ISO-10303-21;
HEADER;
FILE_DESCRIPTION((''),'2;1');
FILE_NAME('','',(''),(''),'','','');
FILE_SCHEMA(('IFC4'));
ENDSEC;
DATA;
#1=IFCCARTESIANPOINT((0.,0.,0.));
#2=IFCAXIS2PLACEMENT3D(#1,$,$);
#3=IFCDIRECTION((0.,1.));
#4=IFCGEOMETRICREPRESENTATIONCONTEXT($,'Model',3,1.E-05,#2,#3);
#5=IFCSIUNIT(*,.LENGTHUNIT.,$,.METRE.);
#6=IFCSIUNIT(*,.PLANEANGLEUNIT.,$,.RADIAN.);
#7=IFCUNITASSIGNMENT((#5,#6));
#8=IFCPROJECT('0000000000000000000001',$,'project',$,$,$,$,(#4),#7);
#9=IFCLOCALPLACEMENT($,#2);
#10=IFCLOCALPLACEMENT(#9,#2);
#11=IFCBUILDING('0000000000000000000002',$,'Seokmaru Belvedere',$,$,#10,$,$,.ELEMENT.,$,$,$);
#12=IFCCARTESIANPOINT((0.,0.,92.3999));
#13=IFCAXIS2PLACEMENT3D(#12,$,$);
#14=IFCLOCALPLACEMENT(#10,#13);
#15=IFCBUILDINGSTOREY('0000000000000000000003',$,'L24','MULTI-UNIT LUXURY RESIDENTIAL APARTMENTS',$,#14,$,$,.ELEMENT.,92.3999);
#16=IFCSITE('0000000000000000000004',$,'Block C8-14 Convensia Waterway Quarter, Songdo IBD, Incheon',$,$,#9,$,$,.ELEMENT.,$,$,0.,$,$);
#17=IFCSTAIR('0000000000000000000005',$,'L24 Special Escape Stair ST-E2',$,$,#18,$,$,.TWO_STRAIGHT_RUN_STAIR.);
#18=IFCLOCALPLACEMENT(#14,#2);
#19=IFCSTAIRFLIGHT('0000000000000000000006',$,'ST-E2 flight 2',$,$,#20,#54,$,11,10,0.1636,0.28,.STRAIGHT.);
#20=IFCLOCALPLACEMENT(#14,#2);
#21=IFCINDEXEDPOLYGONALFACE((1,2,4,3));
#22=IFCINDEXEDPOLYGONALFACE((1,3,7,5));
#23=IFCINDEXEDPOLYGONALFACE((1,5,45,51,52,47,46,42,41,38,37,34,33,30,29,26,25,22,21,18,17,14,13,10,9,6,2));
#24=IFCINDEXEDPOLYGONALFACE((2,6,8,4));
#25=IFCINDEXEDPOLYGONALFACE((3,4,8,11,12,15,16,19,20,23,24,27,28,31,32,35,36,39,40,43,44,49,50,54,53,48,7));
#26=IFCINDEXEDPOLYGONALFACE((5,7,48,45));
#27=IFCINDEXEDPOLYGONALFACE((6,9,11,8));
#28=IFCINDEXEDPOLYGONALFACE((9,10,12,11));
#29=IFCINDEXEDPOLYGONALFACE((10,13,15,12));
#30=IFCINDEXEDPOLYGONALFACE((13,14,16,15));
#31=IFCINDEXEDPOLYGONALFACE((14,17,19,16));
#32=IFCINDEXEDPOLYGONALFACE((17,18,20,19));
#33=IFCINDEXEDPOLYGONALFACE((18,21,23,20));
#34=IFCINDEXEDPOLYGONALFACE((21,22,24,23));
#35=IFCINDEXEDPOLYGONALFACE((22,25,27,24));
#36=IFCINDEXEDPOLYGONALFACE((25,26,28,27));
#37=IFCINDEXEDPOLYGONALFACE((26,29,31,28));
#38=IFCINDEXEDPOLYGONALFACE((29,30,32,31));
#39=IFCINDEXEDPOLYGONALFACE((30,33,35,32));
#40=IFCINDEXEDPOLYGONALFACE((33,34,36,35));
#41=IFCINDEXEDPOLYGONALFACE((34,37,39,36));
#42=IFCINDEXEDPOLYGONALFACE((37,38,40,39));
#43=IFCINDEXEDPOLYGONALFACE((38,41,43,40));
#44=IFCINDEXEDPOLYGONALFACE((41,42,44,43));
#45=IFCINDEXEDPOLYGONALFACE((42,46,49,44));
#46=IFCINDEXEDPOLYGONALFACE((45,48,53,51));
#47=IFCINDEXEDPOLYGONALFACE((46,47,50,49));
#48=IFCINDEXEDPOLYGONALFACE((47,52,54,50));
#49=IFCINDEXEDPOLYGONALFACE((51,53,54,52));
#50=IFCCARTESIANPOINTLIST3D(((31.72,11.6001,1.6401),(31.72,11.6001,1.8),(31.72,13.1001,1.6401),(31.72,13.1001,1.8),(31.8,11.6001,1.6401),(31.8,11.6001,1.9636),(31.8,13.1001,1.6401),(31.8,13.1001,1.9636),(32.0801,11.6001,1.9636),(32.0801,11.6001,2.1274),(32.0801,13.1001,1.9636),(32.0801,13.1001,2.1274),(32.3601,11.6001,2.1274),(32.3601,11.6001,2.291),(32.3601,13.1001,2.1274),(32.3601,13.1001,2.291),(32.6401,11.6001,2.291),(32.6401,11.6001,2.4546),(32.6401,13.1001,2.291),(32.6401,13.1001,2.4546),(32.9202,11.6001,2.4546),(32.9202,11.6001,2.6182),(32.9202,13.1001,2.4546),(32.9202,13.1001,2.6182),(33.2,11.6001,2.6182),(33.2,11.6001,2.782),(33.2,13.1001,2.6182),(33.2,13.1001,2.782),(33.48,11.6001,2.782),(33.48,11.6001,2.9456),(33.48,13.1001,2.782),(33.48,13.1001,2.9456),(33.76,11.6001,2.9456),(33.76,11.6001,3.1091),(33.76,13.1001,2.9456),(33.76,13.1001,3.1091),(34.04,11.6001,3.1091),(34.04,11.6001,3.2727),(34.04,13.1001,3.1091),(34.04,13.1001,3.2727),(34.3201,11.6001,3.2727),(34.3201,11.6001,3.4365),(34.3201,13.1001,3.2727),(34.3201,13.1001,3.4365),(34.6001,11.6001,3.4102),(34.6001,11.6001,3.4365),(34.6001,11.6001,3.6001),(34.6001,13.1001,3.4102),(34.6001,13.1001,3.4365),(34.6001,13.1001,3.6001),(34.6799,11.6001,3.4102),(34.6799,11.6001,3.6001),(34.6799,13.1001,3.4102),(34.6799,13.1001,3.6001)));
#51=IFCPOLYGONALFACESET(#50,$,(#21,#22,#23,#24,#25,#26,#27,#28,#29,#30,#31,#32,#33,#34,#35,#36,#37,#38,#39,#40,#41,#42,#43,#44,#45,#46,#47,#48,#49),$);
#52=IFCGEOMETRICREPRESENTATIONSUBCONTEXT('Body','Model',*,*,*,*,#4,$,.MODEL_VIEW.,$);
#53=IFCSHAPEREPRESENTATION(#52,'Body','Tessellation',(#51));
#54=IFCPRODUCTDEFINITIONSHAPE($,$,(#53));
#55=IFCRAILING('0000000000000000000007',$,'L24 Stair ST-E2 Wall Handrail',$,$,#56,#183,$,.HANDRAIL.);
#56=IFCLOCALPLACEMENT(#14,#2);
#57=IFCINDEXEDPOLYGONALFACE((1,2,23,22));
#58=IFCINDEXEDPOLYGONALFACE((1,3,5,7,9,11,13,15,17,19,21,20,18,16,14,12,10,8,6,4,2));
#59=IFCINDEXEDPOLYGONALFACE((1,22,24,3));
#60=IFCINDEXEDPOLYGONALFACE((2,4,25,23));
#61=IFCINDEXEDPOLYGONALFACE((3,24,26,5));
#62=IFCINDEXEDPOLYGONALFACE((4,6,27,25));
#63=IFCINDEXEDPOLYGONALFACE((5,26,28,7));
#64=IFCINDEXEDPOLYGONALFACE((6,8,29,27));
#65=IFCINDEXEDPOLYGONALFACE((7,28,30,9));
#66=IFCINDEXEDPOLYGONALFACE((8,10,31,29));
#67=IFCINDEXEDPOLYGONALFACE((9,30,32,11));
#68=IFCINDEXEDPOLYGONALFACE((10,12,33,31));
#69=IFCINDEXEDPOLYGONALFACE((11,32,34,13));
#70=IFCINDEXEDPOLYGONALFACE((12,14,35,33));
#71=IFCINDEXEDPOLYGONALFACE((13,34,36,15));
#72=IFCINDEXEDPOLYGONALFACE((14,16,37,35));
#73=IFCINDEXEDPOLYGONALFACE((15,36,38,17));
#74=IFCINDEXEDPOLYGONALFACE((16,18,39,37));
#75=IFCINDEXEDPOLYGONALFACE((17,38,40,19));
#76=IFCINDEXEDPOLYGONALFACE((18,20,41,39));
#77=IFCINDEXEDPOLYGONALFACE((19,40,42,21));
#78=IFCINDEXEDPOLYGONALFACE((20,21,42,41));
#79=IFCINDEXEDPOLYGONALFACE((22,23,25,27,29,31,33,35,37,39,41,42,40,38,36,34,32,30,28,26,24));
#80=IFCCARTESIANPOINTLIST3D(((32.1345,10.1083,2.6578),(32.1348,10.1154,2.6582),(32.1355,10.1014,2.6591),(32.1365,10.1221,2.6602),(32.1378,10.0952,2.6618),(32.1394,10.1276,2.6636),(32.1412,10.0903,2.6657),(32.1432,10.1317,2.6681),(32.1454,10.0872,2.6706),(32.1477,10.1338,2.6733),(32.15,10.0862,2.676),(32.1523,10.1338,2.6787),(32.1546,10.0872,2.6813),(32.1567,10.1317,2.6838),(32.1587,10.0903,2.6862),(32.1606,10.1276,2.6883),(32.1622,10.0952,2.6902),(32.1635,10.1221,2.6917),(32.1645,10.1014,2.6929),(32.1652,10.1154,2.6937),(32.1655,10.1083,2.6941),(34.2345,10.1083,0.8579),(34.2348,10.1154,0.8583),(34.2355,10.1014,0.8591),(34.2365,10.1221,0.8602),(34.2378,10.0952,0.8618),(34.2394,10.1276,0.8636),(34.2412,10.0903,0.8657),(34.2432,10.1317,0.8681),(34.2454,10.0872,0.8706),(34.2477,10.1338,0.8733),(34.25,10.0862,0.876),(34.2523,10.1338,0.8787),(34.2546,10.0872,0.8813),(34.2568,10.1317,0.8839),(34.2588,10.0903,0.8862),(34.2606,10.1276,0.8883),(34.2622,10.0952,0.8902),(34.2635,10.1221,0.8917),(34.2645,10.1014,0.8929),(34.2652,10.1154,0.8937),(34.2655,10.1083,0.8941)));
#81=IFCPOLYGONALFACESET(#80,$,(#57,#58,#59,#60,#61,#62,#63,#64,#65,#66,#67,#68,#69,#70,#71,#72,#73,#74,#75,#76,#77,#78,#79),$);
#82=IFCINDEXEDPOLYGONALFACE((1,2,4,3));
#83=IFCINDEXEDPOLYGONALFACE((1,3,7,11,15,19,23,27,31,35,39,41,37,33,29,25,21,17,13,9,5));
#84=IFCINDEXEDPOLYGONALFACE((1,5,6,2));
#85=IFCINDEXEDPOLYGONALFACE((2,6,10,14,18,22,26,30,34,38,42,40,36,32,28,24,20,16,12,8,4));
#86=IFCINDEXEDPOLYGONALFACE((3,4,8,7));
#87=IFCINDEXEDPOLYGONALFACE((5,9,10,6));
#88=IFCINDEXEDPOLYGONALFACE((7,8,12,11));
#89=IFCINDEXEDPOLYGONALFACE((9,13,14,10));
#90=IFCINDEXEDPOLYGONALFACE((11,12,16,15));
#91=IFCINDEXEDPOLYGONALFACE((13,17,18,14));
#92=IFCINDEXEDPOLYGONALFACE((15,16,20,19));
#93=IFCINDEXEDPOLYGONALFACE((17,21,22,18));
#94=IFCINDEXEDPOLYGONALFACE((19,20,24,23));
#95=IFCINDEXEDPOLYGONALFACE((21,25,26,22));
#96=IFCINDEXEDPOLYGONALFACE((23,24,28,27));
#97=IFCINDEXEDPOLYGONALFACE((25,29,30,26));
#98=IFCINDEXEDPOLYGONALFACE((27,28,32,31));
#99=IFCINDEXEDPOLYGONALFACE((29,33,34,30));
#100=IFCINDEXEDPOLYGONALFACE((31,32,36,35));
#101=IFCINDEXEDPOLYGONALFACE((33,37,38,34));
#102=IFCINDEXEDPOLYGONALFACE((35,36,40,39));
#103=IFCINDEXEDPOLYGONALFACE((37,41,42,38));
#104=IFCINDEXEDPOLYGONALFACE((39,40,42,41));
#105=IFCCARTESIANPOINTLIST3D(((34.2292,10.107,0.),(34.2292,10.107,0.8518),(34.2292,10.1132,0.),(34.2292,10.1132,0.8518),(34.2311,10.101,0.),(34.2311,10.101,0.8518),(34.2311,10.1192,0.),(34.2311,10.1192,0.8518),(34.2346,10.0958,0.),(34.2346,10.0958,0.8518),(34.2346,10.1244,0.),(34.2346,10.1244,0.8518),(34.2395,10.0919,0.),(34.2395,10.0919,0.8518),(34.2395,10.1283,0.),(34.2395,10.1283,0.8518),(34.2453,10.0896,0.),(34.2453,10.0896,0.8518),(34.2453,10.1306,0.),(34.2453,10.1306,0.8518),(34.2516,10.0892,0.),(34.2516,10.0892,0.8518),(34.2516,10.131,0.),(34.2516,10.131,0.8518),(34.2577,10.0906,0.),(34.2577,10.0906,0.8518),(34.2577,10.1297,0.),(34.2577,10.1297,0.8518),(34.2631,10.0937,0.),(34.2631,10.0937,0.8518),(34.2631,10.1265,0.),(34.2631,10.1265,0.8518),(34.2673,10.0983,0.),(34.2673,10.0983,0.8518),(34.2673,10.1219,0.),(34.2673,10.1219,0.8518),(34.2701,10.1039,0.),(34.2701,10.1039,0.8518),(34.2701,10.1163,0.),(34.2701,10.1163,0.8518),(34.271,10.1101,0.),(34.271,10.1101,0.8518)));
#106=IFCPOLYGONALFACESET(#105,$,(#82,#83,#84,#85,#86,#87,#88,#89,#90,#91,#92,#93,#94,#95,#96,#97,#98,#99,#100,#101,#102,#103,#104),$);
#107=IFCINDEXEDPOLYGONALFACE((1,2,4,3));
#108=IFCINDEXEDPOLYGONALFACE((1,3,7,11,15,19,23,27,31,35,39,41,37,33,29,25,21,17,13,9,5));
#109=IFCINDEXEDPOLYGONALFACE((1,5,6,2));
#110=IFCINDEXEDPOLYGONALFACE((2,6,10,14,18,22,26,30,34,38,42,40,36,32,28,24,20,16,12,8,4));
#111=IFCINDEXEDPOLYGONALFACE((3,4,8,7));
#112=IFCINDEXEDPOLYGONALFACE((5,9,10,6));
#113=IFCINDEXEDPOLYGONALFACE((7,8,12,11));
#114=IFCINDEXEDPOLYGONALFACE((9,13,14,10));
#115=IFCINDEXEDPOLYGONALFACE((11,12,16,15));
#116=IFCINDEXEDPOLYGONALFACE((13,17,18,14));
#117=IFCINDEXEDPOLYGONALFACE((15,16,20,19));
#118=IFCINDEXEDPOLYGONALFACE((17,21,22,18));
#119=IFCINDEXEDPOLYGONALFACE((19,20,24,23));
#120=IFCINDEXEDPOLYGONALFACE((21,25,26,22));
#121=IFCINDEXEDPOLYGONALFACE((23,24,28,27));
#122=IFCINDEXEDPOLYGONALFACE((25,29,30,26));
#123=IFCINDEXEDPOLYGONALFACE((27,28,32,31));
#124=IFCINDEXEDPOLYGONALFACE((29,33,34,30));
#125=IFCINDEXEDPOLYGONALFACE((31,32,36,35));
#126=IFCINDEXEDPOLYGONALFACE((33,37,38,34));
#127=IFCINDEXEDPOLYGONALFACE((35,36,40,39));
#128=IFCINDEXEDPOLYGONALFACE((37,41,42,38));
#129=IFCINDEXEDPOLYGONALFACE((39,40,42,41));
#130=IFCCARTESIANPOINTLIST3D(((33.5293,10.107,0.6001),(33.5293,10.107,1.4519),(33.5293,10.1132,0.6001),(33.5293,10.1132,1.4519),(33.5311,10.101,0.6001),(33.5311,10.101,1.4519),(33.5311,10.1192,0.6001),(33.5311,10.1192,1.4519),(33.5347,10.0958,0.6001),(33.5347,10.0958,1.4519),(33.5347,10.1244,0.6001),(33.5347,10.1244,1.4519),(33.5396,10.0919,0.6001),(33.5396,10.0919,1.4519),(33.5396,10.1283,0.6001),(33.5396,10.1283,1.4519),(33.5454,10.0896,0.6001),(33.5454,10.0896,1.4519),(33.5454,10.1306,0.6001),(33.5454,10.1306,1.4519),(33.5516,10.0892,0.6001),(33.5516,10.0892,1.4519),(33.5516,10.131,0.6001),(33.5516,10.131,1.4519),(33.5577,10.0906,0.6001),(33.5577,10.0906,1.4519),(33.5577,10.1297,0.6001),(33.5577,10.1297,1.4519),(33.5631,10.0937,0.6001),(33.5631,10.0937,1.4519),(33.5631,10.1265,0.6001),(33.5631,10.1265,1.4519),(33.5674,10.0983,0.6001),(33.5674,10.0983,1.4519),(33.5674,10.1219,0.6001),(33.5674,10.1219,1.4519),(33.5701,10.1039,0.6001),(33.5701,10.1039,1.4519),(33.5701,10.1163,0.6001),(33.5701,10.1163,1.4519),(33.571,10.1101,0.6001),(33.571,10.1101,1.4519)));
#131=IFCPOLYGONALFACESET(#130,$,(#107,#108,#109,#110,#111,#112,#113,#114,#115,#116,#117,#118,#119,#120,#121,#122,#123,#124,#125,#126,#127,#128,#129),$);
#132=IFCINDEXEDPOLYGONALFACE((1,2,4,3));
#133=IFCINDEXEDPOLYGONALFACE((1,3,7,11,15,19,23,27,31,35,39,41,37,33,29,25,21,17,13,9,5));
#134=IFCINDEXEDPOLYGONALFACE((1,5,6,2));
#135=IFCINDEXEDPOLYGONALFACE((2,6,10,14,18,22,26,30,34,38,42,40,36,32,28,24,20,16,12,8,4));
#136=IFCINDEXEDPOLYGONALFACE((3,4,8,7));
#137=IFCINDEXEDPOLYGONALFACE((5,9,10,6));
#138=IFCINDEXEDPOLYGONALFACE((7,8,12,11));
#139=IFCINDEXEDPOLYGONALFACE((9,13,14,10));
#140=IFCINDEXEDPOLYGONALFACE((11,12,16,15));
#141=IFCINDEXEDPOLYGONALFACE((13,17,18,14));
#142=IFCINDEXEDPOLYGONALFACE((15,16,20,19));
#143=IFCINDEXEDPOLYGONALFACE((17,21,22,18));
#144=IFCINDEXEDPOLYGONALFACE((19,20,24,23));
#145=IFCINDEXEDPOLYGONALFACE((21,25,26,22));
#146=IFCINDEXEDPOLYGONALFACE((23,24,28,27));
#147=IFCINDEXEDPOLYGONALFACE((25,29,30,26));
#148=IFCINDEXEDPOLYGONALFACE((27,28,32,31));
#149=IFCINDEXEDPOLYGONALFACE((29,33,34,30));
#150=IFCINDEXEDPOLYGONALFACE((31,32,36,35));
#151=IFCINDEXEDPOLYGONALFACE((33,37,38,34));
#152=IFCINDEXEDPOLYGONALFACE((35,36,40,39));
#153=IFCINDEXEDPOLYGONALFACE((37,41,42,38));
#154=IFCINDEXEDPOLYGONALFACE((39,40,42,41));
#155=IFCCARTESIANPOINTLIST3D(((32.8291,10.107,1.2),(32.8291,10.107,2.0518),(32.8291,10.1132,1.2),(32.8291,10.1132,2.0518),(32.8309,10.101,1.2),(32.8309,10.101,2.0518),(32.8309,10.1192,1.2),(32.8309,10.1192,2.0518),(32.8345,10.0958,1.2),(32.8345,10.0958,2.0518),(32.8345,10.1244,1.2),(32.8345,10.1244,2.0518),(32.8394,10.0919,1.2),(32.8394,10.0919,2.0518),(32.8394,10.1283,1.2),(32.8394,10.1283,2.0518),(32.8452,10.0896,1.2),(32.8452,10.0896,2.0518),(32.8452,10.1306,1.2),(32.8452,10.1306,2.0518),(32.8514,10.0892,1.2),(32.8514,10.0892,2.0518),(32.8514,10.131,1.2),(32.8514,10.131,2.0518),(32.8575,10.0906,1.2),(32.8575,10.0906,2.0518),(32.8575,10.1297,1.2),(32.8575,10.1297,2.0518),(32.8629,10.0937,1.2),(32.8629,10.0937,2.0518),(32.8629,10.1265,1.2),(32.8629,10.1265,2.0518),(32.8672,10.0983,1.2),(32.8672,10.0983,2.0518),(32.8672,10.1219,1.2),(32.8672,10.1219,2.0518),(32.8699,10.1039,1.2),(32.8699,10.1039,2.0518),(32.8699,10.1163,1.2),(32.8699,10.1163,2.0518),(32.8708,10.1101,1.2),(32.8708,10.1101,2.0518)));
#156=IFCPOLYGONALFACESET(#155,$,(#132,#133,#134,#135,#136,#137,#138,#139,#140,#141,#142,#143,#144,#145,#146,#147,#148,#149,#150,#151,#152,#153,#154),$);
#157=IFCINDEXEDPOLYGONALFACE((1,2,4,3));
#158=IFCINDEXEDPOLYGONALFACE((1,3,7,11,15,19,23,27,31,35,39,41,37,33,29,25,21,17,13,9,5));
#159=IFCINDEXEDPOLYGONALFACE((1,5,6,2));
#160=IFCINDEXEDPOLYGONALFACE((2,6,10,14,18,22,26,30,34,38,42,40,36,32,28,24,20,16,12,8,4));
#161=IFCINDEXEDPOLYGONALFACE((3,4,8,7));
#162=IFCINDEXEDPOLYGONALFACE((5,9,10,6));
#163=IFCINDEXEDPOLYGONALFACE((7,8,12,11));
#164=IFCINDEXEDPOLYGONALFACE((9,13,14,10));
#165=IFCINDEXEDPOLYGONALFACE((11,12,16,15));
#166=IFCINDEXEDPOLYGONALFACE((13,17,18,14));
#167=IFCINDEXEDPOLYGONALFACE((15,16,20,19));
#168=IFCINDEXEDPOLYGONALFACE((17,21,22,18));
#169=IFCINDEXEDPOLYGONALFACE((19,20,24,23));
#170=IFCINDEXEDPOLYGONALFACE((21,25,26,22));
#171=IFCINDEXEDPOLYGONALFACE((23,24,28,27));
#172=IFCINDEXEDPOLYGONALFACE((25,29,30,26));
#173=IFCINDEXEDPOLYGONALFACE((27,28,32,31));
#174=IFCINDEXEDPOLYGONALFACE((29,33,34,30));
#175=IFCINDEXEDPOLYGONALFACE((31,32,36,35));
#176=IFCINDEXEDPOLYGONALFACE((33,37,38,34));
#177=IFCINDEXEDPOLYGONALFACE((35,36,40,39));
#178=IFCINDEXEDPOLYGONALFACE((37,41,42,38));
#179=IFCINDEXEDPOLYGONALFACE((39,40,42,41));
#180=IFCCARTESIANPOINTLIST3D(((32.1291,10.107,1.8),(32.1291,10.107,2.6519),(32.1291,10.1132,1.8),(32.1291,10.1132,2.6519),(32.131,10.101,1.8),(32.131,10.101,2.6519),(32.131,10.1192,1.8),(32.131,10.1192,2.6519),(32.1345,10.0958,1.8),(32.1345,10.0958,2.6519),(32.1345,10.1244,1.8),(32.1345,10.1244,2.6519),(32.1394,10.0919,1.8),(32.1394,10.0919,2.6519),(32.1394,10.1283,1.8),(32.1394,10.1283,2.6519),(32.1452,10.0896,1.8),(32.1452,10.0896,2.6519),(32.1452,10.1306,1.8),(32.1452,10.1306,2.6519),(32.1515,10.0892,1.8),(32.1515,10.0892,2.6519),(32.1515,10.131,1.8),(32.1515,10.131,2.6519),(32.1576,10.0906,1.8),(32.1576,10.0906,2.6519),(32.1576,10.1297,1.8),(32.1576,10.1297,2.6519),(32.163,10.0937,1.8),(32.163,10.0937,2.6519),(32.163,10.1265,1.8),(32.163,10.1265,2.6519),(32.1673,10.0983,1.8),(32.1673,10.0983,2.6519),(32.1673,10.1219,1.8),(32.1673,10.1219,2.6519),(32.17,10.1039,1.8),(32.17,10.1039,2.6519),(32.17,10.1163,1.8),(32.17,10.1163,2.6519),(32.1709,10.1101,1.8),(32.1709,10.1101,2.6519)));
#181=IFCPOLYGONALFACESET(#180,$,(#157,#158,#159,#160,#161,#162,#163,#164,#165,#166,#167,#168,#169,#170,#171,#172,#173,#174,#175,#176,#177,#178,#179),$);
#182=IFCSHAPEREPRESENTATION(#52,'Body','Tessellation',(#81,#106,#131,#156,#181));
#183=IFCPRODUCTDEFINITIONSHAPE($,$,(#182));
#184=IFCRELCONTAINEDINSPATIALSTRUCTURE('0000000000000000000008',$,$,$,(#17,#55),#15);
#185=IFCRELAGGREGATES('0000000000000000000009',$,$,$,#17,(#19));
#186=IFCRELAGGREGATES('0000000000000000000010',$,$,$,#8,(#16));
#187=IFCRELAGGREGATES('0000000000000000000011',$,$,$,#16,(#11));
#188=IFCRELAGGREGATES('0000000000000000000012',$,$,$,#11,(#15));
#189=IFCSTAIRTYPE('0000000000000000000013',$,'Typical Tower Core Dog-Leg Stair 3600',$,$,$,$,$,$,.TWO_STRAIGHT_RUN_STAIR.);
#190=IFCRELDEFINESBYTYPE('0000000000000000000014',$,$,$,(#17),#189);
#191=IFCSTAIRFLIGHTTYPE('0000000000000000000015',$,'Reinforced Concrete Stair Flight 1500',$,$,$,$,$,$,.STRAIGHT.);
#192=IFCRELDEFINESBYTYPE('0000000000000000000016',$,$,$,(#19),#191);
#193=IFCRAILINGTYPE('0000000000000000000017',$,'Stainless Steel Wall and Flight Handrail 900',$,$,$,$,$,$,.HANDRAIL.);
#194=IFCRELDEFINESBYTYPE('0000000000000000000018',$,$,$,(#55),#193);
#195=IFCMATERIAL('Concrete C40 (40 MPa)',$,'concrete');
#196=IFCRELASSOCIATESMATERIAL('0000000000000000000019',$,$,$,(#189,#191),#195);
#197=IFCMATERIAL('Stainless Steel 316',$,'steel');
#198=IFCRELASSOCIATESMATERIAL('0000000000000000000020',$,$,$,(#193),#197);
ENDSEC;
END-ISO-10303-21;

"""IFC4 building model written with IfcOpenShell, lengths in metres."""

from ifc_helpers import new_model, si_unit, direction, frame, origin, origin_2d, place, context, subcontext, project, spatial, polyline, circle, outline, extrude, material, type_object, element, aggregate, save


model = new_model("IFC4")

# Units and contexts
model_context = context("Model", 3, precision=1e-05, world=origin(), true_north=direction((0.0, 1.0)))
body_context = subcontext(model_context, "Body", "Model", "MODEL_VIEW")
ifc_project = project(units=[si_unit("LENGTHUNIT", "METRE"), si_unit("PLANEANGLEUNIT", "RADIAN")], contexts=[model_context])

# Site, building, storey
site_placement = place(None, origin())
site = spatial("IfcSite", under=ifc_project, at=site_placement, Name="Block C8-14 Convensia Waterway Quarter, Songdo IBD, Incheon", CompositionType="ELEMENT", RefElevation=0.0)
building_placement = place(site_placement, origin())
building = spatial("IfcBuilding", under=site, at=building_placement, Name="Seokmaru Belvedere", CompositionType="ELEMENT")
storey_placement = place(building_placement, frame((0.0, 0.0, 92.3999)))
storey = spatial("IfcBuildingStorey", under=building, at=storey_placement, Name="L24", Description="MULTI-UNIT LUXURY RESIDENTIAL APARTMENTS", CompositionType="ELEMENT", Elevation=92.3999)

# Stair, stair flight
ifc_material_1 = material(Name="Concrete C40 (40 MPa)", Category="concrete")
stair_type = type_object("IfcStairType", Name="Typical Tower Core Dog-Leg Stair 3600", PredefinedType="TWO_STRAIGHT_RUN_STAIR", material=ifc_material_1)
stair_placement = place(storey_placement, origin())
stair = element("IfcStair", 1, at=stair_placement, inside=storey, type_object=stair_type, Name="L24 Special Escape Stair ST-E2", PredefinedType="TWO_STRAIGHT_RUN_STAIR")
stair_flight_type = type_object("IfcStairFlightType", Name="Reinforced Concrete Stair Flight 1500", PredefinedType="STRAIGHT", material=ifc_material_1)
stair_flight_1_placement = place(storey_placement, frame((31.8, 12.3501, 1.8), z_axis=(0.0, 0.0, 1.0), x_axis=(1.0, 0.0, 0.0)))
stair_flight_1 = element("IfcStairFlight", 2, at=stair_flight_1_placement, type_object=stair_flight_type, Name="ST-E2 flight 2", NumberOfRisers=11, NumberOfTreads=10, PredefinedType="STRAIGHT", RiserHeight=0.1636, TreadLength=0.28, context=body_context, shape_type="SweptSolid", body=[
    extrude(outline(polyline([(-0.0801, 0.0), (0.0, 0.1636), (0.28, 0.1636), (0.28, 0.3274), (0.5601, 0.3274), (0.5601, 0.491), (0.8401, 0.491), (0.8401, 0.6545), (1.1201, 0.6545), (1.1201, 0.8181), (1.3999, 0.8181), (1.3999, 0.9819), (1.6799, 0.9819), (1.6799, 1.1455), (1.96, 1.1455), (1.96, 1.3091), (2.24, 1.3091), (2.24, 1.4727), (2.52, 1.4727), (2.52, 1.6365), (2.8, 1.6365), (2.8, 1.8), (2.8799, 1.8), (2.8799, 1.6101), (2.8, 1.6101), (0.0, -0.1599), (-0.0801, -0.1599), (-0.0801, 0.0)])), frame((0.0, 0.75, 0.0), z_axis=(0.0, -1.0, 0.0), x_axis=(1.0, 0.0, 0.0)), (0.0, 0.0, 1.0), 1.5),
])
aggregate(stair, [stair_flight_1])

# Railing
ifc_material_2 = material(Name="Stainless Steel 316", Category="steel")
railing_type_1 = type_object("IfcRailingType", Name="Stainless Steel Wall and Flight Handrail 900", PredefinedType="HANDRAIL", material=ifc_material_2)
railing_1_placement = place(storey_placement, frame((34.25, 10.1101, 0.0)))
element("IfcRailing", 3, at=railing_1_placement, inside=storey, type_object=railing_type_1, Name="L24 Stair ST-E2 Wall Handrail", PredefinedType="HANDRAIL", context=body_context, shape_type="SweptSolid", body=[
    extrude(circle(Radius=0.0239, at=origin_2d()), frame((0.0, 0.0, 0.876), z_axis=(-0.759263, 0.0, 0.650784), x_axis=(0.0, -1.0, 0.0)), (0.0, 0.0, 1.0), 2.7659),
    extrude(circle(Radius=0.021, at=origin_2d()), origin(), (0.0, 0.0, 1.0), 0.8518),
    extrude(circle(Radius=0.021, at=origin_2d()), frame((-0.7, 0.0, 0.6001)), (0.0, 0.0, 1.0), 0.8518),
    extrude(circle(Radius=0.021, at=origin_2d()), frame((-1.4001, 0.0, 1.2)), (0.0, 0.0, 1.0), 0.8518),
    extrude(circle(Radius=0.021, at=origin_2d()), frame((-2.1001, 0.0, 1.8)), (0.0, 0.0, 1.0), 0.8518),
])

save(model, "model.ifc")
